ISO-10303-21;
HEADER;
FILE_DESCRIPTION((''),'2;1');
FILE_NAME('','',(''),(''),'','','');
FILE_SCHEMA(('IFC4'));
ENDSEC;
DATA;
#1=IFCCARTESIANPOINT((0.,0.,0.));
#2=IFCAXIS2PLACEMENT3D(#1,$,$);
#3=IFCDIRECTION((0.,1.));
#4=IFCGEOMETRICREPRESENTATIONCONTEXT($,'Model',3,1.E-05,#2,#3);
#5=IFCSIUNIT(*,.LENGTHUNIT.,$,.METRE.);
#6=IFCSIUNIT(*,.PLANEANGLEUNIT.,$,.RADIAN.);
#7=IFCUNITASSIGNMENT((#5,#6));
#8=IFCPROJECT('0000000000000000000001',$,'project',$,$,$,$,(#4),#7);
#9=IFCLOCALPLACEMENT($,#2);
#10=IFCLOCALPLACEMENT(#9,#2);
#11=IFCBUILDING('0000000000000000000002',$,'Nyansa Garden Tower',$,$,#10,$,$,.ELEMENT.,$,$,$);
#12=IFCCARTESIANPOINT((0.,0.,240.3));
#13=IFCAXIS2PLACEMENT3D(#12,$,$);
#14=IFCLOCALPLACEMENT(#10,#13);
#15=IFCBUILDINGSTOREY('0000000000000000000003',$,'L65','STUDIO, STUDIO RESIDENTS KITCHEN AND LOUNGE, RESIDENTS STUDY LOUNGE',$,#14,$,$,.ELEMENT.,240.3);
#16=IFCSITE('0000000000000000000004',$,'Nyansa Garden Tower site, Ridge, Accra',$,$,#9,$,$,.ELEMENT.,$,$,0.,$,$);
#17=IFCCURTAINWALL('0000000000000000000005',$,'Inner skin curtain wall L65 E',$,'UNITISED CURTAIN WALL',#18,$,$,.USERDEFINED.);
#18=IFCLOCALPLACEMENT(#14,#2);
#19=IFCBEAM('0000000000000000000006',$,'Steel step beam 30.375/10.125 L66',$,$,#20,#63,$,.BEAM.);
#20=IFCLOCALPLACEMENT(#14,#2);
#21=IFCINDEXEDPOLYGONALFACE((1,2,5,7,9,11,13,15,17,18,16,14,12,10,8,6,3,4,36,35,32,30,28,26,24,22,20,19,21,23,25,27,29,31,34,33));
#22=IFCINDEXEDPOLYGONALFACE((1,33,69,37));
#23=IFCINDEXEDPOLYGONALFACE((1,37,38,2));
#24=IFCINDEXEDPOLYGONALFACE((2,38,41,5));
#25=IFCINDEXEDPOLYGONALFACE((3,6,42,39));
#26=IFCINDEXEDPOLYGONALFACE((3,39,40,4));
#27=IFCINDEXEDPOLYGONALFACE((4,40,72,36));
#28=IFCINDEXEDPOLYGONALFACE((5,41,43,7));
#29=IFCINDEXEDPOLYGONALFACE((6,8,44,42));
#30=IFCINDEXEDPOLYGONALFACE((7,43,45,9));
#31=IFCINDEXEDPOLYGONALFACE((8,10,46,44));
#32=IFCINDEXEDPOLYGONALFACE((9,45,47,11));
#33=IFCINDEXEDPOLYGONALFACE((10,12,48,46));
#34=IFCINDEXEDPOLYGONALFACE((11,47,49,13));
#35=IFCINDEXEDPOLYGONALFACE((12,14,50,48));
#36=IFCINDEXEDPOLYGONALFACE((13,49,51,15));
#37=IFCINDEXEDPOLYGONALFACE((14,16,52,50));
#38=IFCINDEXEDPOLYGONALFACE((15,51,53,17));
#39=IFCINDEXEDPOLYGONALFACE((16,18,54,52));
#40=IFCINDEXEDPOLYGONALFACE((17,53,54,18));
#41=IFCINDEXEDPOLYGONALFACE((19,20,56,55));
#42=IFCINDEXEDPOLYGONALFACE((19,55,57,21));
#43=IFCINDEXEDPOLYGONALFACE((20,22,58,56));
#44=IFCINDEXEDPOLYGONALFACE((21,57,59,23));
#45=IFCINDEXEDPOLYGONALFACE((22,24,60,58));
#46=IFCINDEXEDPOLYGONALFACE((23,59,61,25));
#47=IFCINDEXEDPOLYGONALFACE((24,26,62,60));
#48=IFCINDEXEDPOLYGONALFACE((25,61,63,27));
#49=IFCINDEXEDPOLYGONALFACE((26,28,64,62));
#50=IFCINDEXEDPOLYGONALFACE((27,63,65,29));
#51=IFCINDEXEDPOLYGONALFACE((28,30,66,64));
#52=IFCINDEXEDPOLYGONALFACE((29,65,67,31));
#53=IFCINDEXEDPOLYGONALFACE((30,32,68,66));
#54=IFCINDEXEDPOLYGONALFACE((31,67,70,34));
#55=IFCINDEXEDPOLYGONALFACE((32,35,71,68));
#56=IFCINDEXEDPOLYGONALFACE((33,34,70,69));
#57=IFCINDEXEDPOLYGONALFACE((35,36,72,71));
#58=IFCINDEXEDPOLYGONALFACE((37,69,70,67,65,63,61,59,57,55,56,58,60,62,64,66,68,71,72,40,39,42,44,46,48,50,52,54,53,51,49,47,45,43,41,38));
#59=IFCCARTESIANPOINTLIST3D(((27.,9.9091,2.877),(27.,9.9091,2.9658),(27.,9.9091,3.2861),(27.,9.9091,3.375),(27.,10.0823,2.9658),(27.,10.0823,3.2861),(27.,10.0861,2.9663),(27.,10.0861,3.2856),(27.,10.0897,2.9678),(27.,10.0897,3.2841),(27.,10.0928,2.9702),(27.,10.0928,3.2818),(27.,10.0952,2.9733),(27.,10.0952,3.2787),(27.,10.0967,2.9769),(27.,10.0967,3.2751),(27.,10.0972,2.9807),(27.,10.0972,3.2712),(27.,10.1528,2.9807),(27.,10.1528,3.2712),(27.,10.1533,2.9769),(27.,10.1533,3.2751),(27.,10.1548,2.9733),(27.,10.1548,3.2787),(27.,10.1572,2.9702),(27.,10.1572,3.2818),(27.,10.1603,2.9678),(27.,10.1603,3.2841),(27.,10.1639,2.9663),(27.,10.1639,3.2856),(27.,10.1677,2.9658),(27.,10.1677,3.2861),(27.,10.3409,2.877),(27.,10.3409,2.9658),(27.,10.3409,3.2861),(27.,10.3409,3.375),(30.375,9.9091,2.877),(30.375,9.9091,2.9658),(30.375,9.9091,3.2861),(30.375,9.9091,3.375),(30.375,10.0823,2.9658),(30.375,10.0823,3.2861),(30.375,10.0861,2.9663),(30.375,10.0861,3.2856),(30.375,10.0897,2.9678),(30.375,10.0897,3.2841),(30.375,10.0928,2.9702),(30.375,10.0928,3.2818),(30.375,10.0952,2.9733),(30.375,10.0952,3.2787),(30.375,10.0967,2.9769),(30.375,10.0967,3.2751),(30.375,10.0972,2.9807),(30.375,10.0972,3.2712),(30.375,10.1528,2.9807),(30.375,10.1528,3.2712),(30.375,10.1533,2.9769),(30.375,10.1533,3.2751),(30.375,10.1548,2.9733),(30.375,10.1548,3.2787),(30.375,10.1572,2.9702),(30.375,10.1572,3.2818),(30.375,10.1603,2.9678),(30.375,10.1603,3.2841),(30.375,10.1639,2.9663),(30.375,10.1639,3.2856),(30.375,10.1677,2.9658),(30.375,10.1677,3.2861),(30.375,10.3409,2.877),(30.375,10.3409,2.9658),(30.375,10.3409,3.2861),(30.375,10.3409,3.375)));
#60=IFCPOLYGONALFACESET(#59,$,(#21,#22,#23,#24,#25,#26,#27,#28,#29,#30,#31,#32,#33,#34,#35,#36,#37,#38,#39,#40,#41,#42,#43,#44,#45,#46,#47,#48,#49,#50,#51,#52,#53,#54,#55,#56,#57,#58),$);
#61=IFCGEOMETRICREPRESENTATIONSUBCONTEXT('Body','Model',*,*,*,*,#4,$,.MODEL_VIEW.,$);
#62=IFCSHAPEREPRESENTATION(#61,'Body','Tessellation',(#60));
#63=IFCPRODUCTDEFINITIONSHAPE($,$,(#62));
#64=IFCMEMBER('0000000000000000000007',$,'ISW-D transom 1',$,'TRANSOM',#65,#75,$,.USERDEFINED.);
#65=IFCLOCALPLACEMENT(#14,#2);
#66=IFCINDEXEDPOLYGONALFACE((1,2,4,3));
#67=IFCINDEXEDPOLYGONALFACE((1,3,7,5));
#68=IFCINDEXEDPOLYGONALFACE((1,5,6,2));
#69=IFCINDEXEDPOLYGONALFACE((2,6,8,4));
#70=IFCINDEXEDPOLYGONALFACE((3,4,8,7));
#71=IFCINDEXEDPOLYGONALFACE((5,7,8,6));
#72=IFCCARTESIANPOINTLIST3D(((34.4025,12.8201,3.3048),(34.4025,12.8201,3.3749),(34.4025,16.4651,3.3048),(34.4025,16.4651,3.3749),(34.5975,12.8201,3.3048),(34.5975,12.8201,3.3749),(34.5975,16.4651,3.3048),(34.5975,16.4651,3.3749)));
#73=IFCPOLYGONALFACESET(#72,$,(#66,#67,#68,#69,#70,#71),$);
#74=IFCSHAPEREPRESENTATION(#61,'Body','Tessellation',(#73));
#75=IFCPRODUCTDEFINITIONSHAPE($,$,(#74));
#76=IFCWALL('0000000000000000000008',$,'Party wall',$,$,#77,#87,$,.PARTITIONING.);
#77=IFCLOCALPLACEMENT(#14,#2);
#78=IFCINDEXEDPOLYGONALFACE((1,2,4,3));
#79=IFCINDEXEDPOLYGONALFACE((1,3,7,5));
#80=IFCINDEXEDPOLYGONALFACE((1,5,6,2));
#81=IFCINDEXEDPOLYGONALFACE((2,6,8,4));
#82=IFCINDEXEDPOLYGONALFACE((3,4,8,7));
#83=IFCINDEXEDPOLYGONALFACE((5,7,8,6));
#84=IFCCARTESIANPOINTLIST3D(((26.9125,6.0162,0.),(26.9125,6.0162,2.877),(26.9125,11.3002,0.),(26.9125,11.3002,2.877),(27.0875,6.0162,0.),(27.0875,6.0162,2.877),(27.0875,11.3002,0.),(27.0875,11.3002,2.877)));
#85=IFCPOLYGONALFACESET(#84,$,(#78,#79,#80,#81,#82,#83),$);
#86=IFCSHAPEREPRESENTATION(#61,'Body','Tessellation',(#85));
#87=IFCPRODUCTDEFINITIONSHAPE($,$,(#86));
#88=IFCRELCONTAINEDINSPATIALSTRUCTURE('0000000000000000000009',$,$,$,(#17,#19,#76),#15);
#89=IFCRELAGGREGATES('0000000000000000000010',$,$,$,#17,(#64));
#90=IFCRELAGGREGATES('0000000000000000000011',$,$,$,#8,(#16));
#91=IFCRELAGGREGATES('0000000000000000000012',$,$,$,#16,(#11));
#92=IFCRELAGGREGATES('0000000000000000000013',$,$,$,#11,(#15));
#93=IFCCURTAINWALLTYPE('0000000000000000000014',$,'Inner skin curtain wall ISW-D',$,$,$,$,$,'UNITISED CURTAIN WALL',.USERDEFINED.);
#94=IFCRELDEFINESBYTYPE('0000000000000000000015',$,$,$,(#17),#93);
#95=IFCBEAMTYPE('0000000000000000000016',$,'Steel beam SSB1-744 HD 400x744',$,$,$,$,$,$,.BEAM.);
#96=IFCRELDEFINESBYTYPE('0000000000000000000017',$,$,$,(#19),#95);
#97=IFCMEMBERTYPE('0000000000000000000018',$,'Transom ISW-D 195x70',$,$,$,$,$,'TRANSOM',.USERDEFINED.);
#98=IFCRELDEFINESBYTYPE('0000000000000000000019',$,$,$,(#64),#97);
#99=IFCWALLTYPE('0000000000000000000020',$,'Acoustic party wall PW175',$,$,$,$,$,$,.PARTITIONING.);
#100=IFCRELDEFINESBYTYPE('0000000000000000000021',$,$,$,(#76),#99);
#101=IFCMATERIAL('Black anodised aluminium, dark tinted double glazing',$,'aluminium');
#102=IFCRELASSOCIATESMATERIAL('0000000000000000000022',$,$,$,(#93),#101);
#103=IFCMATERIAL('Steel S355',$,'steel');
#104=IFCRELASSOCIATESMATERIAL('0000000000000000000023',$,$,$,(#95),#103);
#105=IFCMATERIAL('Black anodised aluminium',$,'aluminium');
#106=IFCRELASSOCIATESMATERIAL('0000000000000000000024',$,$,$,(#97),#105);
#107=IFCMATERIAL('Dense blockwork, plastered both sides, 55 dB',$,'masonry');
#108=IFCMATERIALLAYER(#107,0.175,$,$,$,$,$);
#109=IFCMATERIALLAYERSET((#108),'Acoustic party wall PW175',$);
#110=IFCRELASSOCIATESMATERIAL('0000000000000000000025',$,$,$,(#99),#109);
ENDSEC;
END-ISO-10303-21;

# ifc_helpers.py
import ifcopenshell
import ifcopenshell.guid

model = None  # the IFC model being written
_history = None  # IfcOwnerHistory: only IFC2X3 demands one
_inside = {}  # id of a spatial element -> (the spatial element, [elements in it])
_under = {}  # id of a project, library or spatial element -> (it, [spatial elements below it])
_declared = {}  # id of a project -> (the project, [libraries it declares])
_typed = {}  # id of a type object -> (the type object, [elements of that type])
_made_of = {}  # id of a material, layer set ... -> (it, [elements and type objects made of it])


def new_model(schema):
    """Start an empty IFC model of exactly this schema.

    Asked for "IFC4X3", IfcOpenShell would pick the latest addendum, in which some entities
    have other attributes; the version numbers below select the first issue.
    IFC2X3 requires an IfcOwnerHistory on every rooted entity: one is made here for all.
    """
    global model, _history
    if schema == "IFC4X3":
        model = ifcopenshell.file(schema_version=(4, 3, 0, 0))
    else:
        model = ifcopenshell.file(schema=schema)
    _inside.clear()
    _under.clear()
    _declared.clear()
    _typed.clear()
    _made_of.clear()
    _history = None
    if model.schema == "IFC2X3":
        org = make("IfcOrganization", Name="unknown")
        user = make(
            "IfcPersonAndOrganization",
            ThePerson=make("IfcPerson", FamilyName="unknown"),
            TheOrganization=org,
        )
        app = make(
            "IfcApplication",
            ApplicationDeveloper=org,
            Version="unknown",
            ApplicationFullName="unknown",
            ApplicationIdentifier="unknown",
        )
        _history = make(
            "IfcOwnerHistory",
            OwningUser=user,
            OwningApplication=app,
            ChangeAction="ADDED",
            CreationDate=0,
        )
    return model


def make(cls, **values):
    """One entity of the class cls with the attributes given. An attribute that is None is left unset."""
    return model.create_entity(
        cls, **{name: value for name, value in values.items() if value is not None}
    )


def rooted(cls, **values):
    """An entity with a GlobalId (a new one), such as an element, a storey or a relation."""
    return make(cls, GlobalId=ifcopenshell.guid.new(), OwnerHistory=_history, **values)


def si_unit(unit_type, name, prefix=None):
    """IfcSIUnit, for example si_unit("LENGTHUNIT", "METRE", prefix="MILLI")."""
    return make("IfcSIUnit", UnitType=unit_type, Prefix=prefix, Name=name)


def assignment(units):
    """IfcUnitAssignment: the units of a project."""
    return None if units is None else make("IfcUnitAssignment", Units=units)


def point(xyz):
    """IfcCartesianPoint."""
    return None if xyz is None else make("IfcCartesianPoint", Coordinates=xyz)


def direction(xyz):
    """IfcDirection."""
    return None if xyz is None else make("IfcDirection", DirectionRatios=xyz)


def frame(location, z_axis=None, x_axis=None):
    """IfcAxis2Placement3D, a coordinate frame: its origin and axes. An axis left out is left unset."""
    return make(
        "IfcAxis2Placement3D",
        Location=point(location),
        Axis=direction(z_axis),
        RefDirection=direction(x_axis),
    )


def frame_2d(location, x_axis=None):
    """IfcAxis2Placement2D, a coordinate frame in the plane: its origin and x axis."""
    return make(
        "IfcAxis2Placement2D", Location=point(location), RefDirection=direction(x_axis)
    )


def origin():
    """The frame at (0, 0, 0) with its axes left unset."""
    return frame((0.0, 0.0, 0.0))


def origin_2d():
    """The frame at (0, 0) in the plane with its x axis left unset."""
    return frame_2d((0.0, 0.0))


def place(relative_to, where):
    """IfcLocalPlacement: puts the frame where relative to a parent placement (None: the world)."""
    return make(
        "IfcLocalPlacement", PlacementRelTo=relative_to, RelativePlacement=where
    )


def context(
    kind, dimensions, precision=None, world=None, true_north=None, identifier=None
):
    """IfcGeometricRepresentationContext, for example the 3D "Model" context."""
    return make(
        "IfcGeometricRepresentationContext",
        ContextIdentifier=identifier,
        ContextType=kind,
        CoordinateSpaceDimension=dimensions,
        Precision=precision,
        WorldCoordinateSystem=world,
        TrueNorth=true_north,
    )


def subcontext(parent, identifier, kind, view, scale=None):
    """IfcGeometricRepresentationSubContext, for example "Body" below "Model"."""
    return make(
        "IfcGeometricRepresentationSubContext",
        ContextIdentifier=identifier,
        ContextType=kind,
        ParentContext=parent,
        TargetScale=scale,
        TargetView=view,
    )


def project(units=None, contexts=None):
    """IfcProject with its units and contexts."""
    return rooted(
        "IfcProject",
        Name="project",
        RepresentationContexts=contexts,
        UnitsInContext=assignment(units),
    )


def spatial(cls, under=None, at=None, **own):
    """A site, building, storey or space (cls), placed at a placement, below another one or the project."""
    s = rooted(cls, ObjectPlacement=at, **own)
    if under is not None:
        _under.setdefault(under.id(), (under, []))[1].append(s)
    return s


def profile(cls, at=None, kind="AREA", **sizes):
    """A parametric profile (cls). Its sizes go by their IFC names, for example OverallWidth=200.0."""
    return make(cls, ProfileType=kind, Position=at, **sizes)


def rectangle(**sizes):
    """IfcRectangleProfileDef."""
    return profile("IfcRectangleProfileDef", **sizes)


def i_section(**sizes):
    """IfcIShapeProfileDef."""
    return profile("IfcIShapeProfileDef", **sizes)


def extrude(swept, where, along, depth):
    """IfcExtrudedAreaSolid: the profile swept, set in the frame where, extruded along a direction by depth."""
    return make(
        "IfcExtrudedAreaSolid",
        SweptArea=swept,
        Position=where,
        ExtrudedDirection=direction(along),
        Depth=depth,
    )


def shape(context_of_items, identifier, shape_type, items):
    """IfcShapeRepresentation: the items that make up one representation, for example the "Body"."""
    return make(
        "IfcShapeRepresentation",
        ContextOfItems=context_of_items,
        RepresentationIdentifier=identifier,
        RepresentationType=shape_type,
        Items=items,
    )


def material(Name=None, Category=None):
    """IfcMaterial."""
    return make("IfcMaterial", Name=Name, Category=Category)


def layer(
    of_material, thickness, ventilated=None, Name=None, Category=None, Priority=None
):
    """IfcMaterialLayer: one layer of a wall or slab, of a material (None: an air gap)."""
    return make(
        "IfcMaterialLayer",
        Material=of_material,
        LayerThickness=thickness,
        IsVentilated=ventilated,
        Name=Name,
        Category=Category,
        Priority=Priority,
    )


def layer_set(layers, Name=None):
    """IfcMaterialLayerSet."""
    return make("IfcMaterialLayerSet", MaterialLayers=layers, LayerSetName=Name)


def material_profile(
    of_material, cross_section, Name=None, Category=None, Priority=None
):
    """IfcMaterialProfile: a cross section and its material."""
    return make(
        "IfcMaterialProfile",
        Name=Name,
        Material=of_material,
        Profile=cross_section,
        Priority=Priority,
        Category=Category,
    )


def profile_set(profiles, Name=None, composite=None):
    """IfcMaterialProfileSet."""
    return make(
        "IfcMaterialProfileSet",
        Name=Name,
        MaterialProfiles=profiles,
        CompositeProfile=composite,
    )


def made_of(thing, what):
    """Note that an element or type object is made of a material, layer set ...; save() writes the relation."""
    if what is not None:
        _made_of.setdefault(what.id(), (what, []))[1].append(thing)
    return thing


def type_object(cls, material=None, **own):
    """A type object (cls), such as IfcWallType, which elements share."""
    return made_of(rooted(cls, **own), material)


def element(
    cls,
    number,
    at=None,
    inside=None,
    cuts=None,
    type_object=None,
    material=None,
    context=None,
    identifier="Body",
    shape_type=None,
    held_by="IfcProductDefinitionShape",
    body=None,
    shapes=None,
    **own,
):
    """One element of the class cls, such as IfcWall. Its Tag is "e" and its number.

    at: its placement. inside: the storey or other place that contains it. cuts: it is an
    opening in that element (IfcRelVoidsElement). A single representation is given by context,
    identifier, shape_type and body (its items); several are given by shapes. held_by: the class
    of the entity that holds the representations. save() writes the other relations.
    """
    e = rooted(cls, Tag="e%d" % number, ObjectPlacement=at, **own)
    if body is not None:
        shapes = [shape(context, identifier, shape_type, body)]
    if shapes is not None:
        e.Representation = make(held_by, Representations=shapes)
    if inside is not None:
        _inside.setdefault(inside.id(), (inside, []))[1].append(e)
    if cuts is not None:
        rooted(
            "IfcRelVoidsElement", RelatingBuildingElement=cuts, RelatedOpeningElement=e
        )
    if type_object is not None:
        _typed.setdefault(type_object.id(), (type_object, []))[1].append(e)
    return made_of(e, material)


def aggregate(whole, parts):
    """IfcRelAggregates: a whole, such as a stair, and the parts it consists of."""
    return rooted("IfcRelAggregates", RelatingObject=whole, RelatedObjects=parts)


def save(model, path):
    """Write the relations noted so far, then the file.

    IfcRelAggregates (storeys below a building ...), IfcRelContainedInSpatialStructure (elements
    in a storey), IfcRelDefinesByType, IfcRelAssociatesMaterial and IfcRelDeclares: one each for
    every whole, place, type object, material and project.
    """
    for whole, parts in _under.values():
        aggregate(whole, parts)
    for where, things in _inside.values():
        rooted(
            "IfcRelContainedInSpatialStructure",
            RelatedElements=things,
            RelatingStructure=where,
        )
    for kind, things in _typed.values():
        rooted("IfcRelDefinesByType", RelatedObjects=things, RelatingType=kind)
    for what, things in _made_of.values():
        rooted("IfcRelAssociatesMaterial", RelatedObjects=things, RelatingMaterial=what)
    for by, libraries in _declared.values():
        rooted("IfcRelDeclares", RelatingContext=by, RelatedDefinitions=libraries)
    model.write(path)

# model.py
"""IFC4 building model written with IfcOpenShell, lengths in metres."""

from ifc_helpers import new_model, si_unit, direction, frame, frame_2d, origin, origin_2d, place, context, subcontext, project, spatial, rectangle, i_section, extrude, material, layer, layer_set, material_profile, profile_set, type_object, element, aggregate, save


model = new_model("IFC4")

# Units and contexts
model_context = context("Model", 3, precision=1e-05, world=origin(), true_north=direction((0.0, 1.0)))
body_context = subcontext(model_context, "Body", "Model", "MODEL_VIEW")
ifc_project = project(units=[si_unit("LENGTHUNIT", "METRE"), si_unit("PLANEANGLEUNIT", "RADIAN")], contexts=[model_context])

# Site, building, storey
site_placement = place(None, origin())
site = spatial("IfcSite", under=ifc_project, at=site_placement, Name="Nyansa Garden Tower site, Ridge, Accra", CompositionType="ELEMENT", RefElevation=0.0)
building_placement = place(site_placement, origin())
building = spatial("IfcBuilding", under=site, at=building_placement, Name="Nyansa Garden Tower", CompositionType="ELEMENT")
storey_placement = place(building_placement, frame((0.0, 0.0, 240.3)))
storey = spatial("IfcBuildingStorey", under=building, at=storey_placement, Name="L65", Description="STUDIO, STUDIO RESIDENTS KITCHEN AND LOUNGE, RESIDENTS STUDY LOUNGE", CompositionType="ELEMENT", Elevation=240.3)

# Curtain wall
ifc_material_1 = material(Name="Black anodised aluminium, dark tinted double glazing", Category="aluminium")
curtain_wall_type = type_object("IfcCurtainWallType", Name="Inner skin curtain wall ISW-D", ElementType="UNITISED CURTAIN WALL", PredefinedType="USERDEFINED", material=ifc_material_1)
curtain_wall_1_placement = place(storey_placement, origin())
curtain_wall_1 = element("IfcCurtainWall", 1, at=curtain_wall_1_placement, inside=storey, type_object=curtain_wall_type, Name="Inner skin curtain wall L65 E", ObjectType="UNITISED CURTAIN WALL", PredefinedType="USERDEFINED")

# Beam
ifc_material_2 = material(Name="Steel S355", Category="steel")
ifc_material_profile_1 = material_profile(ifc_material_2, i_section(OverallWidth=0.4319, OverallDepth=0.498, WebThickness=0.0557, FlangeThickness=0.0889, FilletRadius=0.0149, at=origin_2d()), Name="HD 400x744")
ifc_profile_set_1 = profile_set([ifc_material_profile_1], Name="Steel S355")
beam_type_1 = type_object("IfcBeamType", Name="Steel beam SSB1-744 HD 400x744", PredefinedType="BEAM", material=ifc_profile_set_1)
for number, where, z_axis, x_axis, name in (
    (2, (30.375, 10.125, 3.126), (-1.0, 0.0, 0.0), (0.0, -1.0, 0.0), "Steel step beam 30.375/10.125 L66"),
):
    element("IfcBeam", number, at=place(storey_placement, frame(where, z_axis=z_axis, x_axis=x_axis)), inside=storey, type_object=beam_type_1, Name=name, PredefinedType="BEAM", context=body_context, shape_type="SweptSolid", body=[
        extrude(i_section(OverallWidth=0.4319, OverallDepth=0.498, WebThickness=0.0557, FlangeThickness=0.0889, FilletRadius=0.0149, at=origin_2d()), origin(), (0.0, 0.0, 1.0), 3.375),
    ])

# Member
ifc_material_3 = material(Name="Black anodised aluminium", Category="aluminium")
ifc_material_profile_2 = material_profile(ifc_material_3, rectangle(XDim=0.1951, YDim=0.0701, at=origin_2d()), Name="Transom 195x70")
ifc_profile_set_2 = profile_set([ifc_material_profile_2], Name="Black anodised aluminium")
member_type_1 = type_object("IfcMemberType", Name="Transom ISW-D 195x70", ElementType="TRANSOM", PredefinedType="USERDEFINED", material=ifc_profile_set_2)
member_1_placement = place(storey_placement, frame((34.5, 12.8201, 3.3398), z_axis=(0.0, 1.0, 0.0), x_axis=(-1.0, 0.0, 0.0)))
member_1 = element("IfcMember", 3, at=member_1_placement, type_object=member_type_1, Name="ISW-D transom 1", ObjectType="TRANSOM", PredefinedType="USERDEFINED", context=body_context, shape_type="SweptSolid", body=[
    extrude(rectangle(XDim=0.1951, YDim=0.0701, at=origin_2d()), origin(), (0.0, 0.0, 1.0), 3.645),
])
aggregate(curtain_wall_1, [member_1])

# Wall
ifc_material_4 = material(Name="Dense blockwork, plastered both sides, 55 dB", Category="masonry")
ifc_layer_1 = layer(ifc_material_4, 0.175)
ifc_layer_set_1 = layer_set([ifc_layer_1], Name="Acoustic party wall PW175")
wall_type_1 = type_object("IfcWallType", Name="Acoustic party wall PW175", PredefinedType="PARTITIONING", material=ifc_layer_set_1)
wall_1_placement = place(storey_placement, frame((27.0, 6.0161, 0.0), z_axis=(0.0, 0.0, 1.0), x_axis=(0.0, 1.0, 0.0)))
element("IfcWall", 4, at=wall_1_placement, inside=storey, type_object=wall_type_1, Name="Party wall", PredefinedType="PARTITIONING", context=body_context, shape_type="SweptSolid", body=[
    extrude(rectangle(XDim=5.2839, YDim=0.175, at=frame_2d((2.6421, 0.0))), origin(), (0.0, 0.0, 1.0), 2.877),
])

save(model, "model.ifc")
